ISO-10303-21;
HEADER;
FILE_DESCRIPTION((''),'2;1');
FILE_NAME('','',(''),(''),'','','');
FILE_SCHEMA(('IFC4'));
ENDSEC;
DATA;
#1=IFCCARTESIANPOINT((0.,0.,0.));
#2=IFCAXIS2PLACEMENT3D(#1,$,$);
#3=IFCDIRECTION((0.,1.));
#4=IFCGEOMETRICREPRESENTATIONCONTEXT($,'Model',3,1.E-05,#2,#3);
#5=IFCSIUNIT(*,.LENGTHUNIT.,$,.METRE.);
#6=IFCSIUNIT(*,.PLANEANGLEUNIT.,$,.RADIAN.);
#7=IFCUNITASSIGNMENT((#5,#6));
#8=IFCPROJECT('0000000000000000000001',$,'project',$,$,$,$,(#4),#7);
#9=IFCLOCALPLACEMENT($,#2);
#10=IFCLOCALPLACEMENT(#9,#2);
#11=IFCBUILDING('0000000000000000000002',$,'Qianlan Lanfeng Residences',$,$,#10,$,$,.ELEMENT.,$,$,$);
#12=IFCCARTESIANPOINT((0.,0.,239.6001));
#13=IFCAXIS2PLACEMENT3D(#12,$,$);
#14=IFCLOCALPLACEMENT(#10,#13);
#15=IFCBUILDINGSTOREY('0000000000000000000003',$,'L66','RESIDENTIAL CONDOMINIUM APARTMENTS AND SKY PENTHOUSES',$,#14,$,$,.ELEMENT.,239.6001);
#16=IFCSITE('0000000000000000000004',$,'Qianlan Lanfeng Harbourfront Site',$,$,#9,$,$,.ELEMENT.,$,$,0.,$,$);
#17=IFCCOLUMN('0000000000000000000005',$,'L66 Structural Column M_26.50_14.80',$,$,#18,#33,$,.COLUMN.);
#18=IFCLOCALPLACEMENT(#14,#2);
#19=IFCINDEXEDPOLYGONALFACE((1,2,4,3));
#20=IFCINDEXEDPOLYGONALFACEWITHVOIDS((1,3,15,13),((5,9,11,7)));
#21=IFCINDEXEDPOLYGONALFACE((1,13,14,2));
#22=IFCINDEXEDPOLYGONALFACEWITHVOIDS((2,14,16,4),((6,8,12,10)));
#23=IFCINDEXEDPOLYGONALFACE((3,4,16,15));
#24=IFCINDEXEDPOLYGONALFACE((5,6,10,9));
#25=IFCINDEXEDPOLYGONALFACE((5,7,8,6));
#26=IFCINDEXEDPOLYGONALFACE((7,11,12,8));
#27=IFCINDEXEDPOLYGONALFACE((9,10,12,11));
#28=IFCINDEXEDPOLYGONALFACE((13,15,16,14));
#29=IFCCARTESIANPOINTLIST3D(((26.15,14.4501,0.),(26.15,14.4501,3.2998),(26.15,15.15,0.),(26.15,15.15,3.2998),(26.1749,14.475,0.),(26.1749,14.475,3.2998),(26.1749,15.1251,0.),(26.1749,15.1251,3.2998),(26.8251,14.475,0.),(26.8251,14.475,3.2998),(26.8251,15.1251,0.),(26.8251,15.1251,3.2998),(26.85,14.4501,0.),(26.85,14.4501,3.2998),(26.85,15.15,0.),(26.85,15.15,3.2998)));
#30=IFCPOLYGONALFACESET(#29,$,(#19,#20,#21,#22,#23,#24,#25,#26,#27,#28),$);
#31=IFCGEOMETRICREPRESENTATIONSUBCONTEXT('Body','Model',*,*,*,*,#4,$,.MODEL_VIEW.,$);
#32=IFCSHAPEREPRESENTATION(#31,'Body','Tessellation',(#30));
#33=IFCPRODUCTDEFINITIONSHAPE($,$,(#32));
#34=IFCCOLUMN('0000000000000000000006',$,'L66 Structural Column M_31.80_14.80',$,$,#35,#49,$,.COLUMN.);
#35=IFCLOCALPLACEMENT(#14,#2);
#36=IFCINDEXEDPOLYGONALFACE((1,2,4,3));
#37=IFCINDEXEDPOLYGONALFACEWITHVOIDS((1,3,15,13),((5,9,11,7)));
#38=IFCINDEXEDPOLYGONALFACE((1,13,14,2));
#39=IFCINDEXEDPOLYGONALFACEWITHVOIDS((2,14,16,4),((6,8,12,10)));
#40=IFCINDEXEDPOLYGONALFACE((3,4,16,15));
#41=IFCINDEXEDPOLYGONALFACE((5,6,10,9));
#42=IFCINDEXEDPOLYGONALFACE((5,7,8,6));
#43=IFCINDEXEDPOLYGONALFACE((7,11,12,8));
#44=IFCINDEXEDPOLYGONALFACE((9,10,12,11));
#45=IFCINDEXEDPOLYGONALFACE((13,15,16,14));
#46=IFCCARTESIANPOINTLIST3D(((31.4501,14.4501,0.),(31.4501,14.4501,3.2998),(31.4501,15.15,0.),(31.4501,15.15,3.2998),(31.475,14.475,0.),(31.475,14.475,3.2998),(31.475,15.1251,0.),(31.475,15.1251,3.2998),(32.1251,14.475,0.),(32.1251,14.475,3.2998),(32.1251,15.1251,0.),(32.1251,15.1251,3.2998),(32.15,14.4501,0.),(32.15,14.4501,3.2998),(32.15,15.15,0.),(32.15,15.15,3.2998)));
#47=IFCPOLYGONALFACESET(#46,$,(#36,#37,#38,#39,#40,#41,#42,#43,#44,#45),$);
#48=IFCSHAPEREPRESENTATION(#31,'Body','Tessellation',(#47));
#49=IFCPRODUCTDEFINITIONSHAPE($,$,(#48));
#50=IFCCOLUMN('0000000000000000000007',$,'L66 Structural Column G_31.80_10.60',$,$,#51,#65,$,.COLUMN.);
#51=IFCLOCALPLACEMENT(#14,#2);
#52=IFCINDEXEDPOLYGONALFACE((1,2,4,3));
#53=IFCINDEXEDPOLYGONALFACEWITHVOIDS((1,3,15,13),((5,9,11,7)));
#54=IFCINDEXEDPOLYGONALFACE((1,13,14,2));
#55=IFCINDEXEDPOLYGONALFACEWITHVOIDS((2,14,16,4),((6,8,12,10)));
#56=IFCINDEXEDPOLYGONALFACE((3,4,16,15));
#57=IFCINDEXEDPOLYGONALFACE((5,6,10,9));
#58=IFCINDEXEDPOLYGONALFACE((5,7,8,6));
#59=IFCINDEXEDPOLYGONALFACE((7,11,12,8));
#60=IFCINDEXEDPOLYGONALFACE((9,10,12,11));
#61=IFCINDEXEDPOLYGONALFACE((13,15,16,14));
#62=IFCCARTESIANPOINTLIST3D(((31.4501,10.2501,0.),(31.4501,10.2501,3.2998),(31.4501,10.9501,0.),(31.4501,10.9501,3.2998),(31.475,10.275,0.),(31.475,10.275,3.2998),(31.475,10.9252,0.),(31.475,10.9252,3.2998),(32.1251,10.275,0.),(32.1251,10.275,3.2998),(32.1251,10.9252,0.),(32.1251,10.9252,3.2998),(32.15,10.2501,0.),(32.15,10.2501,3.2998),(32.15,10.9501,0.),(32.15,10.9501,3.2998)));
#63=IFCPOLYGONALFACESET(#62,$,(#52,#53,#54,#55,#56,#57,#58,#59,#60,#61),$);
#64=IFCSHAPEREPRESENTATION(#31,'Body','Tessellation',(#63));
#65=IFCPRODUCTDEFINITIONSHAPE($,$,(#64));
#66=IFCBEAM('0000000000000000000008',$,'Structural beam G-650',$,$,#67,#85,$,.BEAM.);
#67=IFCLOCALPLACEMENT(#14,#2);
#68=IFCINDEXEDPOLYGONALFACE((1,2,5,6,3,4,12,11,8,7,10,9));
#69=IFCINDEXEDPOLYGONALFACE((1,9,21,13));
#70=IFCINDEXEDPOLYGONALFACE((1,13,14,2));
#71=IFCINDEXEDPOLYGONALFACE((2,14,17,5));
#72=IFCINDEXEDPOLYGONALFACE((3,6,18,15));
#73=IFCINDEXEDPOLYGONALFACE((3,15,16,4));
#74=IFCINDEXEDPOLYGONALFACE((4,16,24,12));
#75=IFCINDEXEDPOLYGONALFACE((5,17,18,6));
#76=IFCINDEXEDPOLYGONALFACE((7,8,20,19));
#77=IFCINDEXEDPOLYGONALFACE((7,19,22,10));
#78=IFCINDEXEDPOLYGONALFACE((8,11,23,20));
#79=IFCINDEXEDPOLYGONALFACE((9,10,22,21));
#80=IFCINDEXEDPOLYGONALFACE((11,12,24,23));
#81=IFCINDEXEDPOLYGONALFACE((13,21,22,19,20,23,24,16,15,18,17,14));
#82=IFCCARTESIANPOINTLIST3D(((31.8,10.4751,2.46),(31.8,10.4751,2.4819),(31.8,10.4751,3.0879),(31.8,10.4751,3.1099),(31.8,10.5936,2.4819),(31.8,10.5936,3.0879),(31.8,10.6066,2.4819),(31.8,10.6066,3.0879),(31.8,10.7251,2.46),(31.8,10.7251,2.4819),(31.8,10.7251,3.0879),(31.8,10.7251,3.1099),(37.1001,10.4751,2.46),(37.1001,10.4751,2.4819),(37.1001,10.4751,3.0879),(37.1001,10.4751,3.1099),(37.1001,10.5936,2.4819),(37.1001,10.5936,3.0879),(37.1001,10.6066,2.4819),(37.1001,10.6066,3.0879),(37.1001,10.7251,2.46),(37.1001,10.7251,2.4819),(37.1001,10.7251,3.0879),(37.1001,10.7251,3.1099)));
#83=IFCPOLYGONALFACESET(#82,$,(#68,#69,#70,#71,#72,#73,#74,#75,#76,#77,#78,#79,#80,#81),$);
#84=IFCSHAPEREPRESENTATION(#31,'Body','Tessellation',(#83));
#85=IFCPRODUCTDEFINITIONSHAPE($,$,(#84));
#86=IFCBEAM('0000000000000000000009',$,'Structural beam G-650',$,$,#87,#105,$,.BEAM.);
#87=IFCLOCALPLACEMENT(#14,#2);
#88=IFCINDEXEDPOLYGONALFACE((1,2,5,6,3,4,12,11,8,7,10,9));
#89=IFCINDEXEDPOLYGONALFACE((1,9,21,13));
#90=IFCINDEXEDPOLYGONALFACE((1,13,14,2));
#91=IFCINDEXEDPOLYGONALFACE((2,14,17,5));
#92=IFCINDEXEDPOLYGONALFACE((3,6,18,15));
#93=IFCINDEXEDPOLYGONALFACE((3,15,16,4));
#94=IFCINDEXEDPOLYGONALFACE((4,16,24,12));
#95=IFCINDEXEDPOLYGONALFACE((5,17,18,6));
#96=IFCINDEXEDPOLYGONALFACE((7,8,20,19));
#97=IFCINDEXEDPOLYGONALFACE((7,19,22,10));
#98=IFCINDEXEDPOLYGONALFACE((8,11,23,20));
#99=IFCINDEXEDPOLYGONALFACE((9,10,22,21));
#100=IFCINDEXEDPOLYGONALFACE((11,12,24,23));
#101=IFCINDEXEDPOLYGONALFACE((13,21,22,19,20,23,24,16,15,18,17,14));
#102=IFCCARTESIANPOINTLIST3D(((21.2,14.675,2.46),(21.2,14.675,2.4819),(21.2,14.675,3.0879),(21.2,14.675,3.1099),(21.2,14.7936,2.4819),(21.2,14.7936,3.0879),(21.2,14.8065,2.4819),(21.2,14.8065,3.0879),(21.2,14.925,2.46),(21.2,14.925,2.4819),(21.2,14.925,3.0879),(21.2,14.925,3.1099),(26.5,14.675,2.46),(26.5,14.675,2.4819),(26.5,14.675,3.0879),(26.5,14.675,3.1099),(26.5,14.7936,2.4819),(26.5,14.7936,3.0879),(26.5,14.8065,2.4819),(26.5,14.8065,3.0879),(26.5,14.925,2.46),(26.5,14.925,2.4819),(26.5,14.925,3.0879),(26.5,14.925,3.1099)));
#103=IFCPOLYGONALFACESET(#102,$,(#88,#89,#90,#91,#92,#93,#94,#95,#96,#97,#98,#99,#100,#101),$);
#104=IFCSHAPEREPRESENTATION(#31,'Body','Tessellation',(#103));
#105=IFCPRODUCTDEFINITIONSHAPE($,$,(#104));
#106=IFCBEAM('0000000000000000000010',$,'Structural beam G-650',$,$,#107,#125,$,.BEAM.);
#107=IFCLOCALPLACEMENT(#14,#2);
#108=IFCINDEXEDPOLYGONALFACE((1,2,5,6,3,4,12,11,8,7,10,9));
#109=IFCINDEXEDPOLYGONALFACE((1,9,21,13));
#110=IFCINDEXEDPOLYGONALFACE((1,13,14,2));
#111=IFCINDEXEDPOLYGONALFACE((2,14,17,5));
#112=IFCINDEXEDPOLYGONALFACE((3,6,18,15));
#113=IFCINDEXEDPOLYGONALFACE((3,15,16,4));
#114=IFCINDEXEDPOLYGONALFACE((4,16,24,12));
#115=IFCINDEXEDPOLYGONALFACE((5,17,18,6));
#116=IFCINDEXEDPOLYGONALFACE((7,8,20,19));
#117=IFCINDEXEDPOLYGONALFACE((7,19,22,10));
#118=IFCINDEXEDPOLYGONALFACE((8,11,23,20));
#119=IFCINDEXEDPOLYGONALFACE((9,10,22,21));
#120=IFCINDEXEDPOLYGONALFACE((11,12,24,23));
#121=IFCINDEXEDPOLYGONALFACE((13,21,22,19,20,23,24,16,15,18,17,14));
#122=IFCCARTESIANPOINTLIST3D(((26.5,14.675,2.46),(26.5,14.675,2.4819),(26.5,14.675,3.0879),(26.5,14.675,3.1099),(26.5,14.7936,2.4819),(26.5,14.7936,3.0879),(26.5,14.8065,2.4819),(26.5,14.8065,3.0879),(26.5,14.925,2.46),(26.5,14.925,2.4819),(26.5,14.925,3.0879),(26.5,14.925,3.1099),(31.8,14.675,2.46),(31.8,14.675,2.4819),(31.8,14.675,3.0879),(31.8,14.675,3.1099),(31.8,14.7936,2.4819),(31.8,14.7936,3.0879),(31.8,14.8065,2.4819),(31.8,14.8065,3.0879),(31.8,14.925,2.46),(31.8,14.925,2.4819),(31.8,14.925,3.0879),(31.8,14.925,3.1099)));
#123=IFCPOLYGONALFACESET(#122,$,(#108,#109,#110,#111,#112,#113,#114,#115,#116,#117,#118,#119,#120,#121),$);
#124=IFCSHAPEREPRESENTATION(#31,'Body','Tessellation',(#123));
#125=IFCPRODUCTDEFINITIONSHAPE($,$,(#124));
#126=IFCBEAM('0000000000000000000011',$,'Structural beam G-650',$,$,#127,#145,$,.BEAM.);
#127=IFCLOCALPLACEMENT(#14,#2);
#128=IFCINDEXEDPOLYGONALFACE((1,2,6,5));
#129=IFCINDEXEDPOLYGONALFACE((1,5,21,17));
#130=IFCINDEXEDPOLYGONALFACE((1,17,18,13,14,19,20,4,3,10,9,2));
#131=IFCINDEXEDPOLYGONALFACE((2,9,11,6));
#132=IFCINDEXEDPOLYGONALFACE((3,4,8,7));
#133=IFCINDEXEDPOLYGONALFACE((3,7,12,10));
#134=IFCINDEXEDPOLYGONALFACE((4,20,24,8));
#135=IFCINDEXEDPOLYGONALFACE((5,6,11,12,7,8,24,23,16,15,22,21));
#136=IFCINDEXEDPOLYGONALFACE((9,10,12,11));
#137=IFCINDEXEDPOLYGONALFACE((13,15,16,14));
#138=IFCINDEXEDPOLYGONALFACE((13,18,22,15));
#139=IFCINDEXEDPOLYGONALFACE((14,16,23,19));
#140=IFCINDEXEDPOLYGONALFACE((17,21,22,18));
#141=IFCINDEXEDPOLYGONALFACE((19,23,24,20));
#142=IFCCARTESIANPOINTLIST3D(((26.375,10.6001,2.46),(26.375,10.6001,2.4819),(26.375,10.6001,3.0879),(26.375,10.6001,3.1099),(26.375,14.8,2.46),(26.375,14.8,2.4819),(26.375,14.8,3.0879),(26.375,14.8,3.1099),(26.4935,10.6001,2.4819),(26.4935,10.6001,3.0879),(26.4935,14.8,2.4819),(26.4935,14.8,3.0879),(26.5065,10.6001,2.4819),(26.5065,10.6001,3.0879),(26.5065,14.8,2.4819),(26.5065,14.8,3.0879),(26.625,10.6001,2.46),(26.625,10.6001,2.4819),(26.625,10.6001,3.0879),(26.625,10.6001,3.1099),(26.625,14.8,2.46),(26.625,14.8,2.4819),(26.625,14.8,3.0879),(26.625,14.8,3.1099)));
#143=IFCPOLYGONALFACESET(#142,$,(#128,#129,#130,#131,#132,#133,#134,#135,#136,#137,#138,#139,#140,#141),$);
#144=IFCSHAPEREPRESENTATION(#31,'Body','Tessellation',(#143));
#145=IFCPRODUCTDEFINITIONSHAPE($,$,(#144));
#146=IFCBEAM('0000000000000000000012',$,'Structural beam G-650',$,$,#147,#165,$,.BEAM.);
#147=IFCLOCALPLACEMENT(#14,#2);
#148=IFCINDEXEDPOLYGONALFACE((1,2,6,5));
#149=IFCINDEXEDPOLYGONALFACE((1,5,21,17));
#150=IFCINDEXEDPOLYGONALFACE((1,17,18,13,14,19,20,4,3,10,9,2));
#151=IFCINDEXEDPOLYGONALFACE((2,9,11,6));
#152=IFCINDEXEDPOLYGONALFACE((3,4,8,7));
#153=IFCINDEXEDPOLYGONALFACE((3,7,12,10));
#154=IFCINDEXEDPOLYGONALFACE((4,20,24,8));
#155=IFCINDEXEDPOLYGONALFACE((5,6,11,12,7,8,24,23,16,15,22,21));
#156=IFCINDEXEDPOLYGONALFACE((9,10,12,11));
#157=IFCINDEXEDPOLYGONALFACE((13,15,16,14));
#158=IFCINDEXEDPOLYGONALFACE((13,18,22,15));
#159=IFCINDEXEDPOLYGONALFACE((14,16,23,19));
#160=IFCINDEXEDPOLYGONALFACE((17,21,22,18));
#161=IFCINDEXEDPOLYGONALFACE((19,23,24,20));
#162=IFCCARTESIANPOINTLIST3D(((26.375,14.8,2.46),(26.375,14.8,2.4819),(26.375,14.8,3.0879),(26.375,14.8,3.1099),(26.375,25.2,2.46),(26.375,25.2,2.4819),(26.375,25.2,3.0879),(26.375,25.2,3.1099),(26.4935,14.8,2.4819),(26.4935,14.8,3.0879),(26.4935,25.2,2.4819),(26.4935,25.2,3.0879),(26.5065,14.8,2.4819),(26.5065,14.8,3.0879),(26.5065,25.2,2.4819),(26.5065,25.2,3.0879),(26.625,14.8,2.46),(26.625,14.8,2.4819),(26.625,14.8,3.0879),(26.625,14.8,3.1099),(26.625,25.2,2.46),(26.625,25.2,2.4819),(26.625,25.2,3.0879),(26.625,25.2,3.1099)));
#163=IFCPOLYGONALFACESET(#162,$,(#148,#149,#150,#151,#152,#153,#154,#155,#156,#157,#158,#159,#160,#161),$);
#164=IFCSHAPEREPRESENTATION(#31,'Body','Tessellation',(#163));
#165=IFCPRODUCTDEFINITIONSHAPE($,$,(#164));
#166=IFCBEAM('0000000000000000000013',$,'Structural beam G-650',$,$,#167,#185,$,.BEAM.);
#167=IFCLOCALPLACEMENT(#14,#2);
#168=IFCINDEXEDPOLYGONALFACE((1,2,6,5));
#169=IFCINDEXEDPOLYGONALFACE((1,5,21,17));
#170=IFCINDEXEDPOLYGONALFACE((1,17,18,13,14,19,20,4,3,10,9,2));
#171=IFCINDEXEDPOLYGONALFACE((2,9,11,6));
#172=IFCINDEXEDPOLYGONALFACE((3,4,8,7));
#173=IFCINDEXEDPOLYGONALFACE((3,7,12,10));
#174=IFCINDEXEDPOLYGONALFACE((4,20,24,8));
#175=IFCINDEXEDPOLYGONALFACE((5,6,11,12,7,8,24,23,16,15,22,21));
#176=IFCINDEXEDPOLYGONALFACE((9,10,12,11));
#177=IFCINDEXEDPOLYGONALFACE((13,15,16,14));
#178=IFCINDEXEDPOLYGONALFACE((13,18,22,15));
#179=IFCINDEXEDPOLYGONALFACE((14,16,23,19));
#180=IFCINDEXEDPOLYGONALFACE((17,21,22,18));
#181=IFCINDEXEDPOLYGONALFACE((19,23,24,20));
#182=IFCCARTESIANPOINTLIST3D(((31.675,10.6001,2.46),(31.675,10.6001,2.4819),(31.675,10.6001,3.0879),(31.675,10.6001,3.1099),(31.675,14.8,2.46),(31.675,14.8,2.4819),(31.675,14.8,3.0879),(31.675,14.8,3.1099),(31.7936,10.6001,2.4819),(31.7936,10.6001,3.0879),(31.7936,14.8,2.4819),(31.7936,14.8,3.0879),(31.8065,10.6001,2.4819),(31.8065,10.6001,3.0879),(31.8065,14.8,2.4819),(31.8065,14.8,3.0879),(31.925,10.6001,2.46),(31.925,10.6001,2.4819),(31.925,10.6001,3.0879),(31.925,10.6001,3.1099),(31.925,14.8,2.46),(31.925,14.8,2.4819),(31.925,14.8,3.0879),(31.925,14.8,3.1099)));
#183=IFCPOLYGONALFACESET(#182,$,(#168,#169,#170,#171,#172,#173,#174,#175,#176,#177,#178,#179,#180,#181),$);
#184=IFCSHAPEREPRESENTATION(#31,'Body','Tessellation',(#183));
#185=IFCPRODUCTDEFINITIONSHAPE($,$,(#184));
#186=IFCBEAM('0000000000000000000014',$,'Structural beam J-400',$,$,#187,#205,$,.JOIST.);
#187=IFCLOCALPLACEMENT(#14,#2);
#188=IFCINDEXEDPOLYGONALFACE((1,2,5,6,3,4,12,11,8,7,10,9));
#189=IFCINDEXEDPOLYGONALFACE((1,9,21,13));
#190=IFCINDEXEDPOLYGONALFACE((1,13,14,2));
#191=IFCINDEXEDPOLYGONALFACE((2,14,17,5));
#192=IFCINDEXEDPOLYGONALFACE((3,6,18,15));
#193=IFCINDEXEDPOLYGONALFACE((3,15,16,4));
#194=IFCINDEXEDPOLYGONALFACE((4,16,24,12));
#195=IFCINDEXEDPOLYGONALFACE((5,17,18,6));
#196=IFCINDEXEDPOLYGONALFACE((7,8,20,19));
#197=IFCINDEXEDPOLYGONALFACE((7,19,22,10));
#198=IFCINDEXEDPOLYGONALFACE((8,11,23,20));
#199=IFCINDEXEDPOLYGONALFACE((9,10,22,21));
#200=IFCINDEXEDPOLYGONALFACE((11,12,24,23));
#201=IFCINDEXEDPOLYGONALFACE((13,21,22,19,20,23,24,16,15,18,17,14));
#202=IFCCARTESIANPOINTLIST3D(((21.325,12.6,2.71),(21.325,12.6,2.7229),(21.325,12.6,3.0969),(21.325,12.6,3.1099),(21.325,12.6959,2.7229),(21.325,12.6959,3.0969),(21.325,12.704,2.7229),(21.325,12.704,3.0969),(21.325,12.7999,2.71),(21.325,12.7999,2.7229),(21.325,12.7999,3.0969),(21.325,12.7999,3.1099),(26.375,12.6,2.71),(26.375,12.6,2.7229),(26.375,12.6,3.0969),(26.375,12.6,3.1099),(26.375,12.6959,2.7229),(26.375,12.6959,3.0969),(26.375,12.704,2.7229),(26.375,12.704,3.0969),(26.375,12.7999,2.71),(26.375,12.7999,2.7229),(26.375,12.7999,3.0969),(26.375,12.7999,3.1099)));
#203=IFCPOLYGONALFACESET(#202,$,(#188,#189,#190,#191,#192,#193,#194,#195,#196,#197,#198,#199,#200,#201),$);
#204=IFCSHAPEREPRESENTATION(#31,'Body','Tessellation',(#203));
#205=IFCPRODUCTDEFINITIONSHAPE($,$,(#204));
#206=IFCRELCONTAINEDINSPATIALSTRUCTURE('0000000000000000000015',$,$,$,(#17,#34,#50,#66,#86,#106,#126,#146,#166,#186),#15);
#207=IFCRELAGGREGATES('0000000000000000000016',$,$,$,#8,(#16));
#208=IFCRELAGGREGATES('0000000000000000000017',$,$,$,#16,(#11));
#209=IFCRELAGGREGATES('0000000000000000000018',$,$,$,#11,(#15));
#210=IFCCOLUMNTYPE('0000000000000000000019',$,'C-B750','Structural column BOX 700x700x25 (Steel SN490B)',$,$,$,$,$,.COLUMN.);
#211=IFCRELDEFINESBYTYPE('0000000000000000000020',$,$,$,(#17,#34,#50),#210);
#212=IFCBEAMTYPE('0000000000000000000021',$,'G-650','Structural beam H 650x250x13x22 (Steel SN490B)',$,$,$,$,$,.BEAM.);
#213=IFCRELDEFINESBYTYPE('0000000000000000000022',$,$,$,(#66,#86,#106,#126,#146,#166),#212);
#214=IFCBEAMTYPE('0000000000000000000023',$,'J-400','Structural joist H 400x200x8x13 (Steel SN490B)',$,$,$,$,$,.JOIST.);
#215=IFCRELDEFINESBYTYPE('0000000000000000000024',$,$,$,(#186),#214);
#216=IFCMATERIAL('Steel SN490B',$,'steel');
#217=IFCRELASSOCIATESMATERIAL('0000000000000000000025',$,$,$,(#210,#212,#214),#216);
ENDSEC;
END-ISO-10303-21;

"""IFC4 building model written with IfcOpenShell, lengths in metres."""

from ifc_helpers import new_model, si_unit, direction, frame, origin, origin_2d, place, context, subcontext, project, spatial, hollow_rectangle, i_section, extrude, material, material_profile, profile_set, type_object, element, save


model = new_model("IFC4")

# Units and contexts
model_context = context("Model", 3, precision=1e-05, world=origin(), true_north=direction((0.0, 1.0)))
body_context = subcontext(model_context, "Body", "Model", "MODEL_VIEW")
ifc_project = project(units=[si_unit("LENGTHUNIT", "METRE"), si_unit("PLANEANGLEUNIT", "RADIAN")], contexts=[model_context])

# Site, building, storey
site_placement = place(None, origin())
site = spatial("IfcSite", under=ifc_project, at=site_placement, Name="Qianlan Lanfeng Harbourfront Site", CompositionType="ELEMENT", RefElevation=0.0)
building_placement = place(site_placement, origin())
building = spatial("IfcBuilding", under=site, at=building_placement, Name="Qianlan Lanfeng Residences", CompositionType="ELEMENT")
storey_placement = place(building_placement, frame((0.0, 0.0, 239.6001)))
storey = spatial("IfcBuildingStorey", under=building, at=storey_placement, Name="L66", Description="RESIDENTIAL CONDOMINIUM APARTMENTS AND SKY PENTHOUSES", CompositionType="ELEMENT", Elevation=239.6001)

# Columns
ifc_material_1 = material(Name="Steel SN490B", Category="steel")
ifc_material_profile_1 = material_profile(ifc_material_1, hollow_rectangle(XDim=0.7, YDim=0.7, WallThickness=0.0249, at=origin_2d()), Name="BOX 700x700x25")
ifc_profile_set_1 = profile_set([ifc_material_profile_1], Name="Steel SN490B")
column_type = type_object("IfcColumnType", Name="C-B750", Description="Structural column BOX 700x700x25 (Steel SN490B)", PredefinedType="COLUMN", material=ifc_profile_set_1)
for number, where, z_axis, x_axis, name in (
    (1, (26.5, 14.8, 0.0), (0.0, 0.0, 1.0), (1.0, 0.0, 0.0), "L66 Structural Column M_26.50_14.80"),
    (2, (31.8, 14.8, 0.0), (0.0, 0.0, 1.0), (1.0, 0.0, 0.0), "L66 Structural Column M_31.80_14.80"),
    (3, (31.8, 10.6001, 0.0), (0.0, 0.0, 1.0), (1.0, 0.0, 0.0), "L66 Structural Column G_31.80_10.60"),
):
    element("IfcColumn", number, at=place(storey_placement, frame(where, z_axis=z_axis, x_axis=x_axis)), inside=storey, type_object=column_type, Name=name, PredefinedType="COLUMN", context=body_context, shape_type="SweptSolid", body=[
        extrude(hollow_rectangle(XDim=0.7, YDim=0.7, WallThickness=0.0249, at=origin_2d()), origin(), (0.0, 0.0, 1.0), 3.2998),
    ])

# Beams
ifc_material_profile_2 = material_profile(ifc_material_1, i_section(OverallWidth=0.25, OverallDepth=0.6499, WebThickness=0.0129, FlangeThickness=0.022, at=origin_2d()), Name="H 650x250x13x22")
ifc_profile_set_2 = profile_set([ifc_material_profile_2], Name="Steel SN490B")
beam_type_1 = type_object("IfcBeamType", Name="G-650", Description="Structural beam H 650x250x13x22 (Steel SN490B)", PredefinedType="BEAM", material=ifc_profile_set_2)
for number, where, z_axis, x_axis, name in (
    (4, (31.8, 10.6001, 2.7849), (1.0, 0.0, 0.0), (0.0, 1.0, 0.0), "Structural beam G-650"),
    (5, (21.2, 14.8, 2.7849), (1.0, 0.0, 0.0), (0.0, 1.0, 0.0), "Structural beam G-650"),
    (6, (26.5, 14.8, 2.7849), (1.0, 0.0, 0.0), (0.0, 1.0, 0.0), "Structural beam G-650"),
):
    element("IfcBeam", number, at=place(storey_placement, frame(where, z_axis=z_axis, x_axis=x_axis)), inside=storey, type_object=beam_type_1, Name=name, PredefinedType="BEAM", context=body_context, shape_type="SweptSolid", body=[
        extrude(i_section(OverallWidth=0.25, OverallDepth=0.6499, WebThickness=0.0129, FlangeThickness=0.022, at=origin_2d()), origin(), (0.0, 0.0, 1.0), 5.3),
    ])
beam_1_placement = place(storey_placement, frame((26.5, 10.6001, 2.7849), z_axis=(0.0, 1.0, 0.0), x_axis=(-1.0, 0.0, 0.0)))
element("IfcBeam", 7, at=beam_1_placement, inside=storey, type_object=beam_type_1, Name="Structural beam G-650", PredefinedType="BEAM", context=body_context, shape_type="SweptSolid", body=[
    extrude(i_section(OverallWidth=0.25, OverallDepth=0.6499, WebThickness=0.0129, FlangeThickness=0.022, at=origin_2d()), origin(), (0.0, 0.0, 1.0), 4.2),
])
beam_2_placement = place(storey_placement, frame((26.5, 14.8, 2.7849), z_axis=(0.0, 1.0, 0.0), x_axis=(-1.0, 0.0, 0.0)))
element("IfcBeam", 8, at=beam_2_placement, inside=storey, type_object=beam_type_1, Name="Structural beam G-650", PredefinedType="BEAM", context=body_context, shape_type="SweptSolid", body=[
    extrude(i_section(OverallWidth=0.25, OverallDepth=0.6499, WebThickness=0.0129, FlangeThickness=0.022, at=origin_2d()), origin(), (0.0, 0.0, 1.0), 10.3999),
])
beam_3_placement = place(storey_placement, frame((31.8, 10.6001, 2.7849), z_axis=(0.0, 1.0, 0.0), x_axis=(-1.0, 0.0, 0.0)))
element("IfcBeam", 9, at=beam_3_placement, inside=storey, type_object=beam_type_1, Name="Structural beam G-650", PredefinedType="BEAM", context=body_context, shape_type="SweptSolid", body=[
    extrude(i_section(OverallWidth=0.25, OverallDepth=0.6499, WebThickness=0.0129, FlangeThickness=0.022, at=origin_2d()), origin(), (0.0, 0.0, 1.0), 4.2),
])
ifc_material_profile_3 = material_profile(ifc_material_1, i_section(OverallWidth=0.2, OverallDepth=0.3999, WebThickness=0.0081, FlangeThickness=0.0129, at=origin_2d()), Name="H 400x200x8x13")
ifc_profile_set_3 = profile_set([ifc_material_profile_3], Name="Steel SN490B")
beam_type_2 = type_object("IfcBeamType", Name="J-400", Description="Structural joist H 400x200x8x13 (Steel SN490B)", PredefinedType="JOIST", material=ifc_profile_set_3)
for number, where, z_axis, x_axis, name in (
    (10, (21.325, 12.7, 2.9099), (1.0, 0.0, 0.0), (0.0, 1.0, 0.0), "Structural beam J-400"),
):
    element("IfcBeam", number, at=place(storey_placement, frame(where, z_axis=z_axis, x_axis=x_axis)), inside=storey, type_object=beam_type_2, Name=name, PredefinedType="JOIST", context=body_context, shape_type="SweptSolid", body=[
        extrude(i_section(OverallWidth=0.2, OverallDepth=0.3999, WebThickness=0.0081, FlangeThickness=0.0129, at=origin_2d()), origin(), (0.0, 0.0, 1.0), 5.05),
    ])

save(model, "model.ifc")
